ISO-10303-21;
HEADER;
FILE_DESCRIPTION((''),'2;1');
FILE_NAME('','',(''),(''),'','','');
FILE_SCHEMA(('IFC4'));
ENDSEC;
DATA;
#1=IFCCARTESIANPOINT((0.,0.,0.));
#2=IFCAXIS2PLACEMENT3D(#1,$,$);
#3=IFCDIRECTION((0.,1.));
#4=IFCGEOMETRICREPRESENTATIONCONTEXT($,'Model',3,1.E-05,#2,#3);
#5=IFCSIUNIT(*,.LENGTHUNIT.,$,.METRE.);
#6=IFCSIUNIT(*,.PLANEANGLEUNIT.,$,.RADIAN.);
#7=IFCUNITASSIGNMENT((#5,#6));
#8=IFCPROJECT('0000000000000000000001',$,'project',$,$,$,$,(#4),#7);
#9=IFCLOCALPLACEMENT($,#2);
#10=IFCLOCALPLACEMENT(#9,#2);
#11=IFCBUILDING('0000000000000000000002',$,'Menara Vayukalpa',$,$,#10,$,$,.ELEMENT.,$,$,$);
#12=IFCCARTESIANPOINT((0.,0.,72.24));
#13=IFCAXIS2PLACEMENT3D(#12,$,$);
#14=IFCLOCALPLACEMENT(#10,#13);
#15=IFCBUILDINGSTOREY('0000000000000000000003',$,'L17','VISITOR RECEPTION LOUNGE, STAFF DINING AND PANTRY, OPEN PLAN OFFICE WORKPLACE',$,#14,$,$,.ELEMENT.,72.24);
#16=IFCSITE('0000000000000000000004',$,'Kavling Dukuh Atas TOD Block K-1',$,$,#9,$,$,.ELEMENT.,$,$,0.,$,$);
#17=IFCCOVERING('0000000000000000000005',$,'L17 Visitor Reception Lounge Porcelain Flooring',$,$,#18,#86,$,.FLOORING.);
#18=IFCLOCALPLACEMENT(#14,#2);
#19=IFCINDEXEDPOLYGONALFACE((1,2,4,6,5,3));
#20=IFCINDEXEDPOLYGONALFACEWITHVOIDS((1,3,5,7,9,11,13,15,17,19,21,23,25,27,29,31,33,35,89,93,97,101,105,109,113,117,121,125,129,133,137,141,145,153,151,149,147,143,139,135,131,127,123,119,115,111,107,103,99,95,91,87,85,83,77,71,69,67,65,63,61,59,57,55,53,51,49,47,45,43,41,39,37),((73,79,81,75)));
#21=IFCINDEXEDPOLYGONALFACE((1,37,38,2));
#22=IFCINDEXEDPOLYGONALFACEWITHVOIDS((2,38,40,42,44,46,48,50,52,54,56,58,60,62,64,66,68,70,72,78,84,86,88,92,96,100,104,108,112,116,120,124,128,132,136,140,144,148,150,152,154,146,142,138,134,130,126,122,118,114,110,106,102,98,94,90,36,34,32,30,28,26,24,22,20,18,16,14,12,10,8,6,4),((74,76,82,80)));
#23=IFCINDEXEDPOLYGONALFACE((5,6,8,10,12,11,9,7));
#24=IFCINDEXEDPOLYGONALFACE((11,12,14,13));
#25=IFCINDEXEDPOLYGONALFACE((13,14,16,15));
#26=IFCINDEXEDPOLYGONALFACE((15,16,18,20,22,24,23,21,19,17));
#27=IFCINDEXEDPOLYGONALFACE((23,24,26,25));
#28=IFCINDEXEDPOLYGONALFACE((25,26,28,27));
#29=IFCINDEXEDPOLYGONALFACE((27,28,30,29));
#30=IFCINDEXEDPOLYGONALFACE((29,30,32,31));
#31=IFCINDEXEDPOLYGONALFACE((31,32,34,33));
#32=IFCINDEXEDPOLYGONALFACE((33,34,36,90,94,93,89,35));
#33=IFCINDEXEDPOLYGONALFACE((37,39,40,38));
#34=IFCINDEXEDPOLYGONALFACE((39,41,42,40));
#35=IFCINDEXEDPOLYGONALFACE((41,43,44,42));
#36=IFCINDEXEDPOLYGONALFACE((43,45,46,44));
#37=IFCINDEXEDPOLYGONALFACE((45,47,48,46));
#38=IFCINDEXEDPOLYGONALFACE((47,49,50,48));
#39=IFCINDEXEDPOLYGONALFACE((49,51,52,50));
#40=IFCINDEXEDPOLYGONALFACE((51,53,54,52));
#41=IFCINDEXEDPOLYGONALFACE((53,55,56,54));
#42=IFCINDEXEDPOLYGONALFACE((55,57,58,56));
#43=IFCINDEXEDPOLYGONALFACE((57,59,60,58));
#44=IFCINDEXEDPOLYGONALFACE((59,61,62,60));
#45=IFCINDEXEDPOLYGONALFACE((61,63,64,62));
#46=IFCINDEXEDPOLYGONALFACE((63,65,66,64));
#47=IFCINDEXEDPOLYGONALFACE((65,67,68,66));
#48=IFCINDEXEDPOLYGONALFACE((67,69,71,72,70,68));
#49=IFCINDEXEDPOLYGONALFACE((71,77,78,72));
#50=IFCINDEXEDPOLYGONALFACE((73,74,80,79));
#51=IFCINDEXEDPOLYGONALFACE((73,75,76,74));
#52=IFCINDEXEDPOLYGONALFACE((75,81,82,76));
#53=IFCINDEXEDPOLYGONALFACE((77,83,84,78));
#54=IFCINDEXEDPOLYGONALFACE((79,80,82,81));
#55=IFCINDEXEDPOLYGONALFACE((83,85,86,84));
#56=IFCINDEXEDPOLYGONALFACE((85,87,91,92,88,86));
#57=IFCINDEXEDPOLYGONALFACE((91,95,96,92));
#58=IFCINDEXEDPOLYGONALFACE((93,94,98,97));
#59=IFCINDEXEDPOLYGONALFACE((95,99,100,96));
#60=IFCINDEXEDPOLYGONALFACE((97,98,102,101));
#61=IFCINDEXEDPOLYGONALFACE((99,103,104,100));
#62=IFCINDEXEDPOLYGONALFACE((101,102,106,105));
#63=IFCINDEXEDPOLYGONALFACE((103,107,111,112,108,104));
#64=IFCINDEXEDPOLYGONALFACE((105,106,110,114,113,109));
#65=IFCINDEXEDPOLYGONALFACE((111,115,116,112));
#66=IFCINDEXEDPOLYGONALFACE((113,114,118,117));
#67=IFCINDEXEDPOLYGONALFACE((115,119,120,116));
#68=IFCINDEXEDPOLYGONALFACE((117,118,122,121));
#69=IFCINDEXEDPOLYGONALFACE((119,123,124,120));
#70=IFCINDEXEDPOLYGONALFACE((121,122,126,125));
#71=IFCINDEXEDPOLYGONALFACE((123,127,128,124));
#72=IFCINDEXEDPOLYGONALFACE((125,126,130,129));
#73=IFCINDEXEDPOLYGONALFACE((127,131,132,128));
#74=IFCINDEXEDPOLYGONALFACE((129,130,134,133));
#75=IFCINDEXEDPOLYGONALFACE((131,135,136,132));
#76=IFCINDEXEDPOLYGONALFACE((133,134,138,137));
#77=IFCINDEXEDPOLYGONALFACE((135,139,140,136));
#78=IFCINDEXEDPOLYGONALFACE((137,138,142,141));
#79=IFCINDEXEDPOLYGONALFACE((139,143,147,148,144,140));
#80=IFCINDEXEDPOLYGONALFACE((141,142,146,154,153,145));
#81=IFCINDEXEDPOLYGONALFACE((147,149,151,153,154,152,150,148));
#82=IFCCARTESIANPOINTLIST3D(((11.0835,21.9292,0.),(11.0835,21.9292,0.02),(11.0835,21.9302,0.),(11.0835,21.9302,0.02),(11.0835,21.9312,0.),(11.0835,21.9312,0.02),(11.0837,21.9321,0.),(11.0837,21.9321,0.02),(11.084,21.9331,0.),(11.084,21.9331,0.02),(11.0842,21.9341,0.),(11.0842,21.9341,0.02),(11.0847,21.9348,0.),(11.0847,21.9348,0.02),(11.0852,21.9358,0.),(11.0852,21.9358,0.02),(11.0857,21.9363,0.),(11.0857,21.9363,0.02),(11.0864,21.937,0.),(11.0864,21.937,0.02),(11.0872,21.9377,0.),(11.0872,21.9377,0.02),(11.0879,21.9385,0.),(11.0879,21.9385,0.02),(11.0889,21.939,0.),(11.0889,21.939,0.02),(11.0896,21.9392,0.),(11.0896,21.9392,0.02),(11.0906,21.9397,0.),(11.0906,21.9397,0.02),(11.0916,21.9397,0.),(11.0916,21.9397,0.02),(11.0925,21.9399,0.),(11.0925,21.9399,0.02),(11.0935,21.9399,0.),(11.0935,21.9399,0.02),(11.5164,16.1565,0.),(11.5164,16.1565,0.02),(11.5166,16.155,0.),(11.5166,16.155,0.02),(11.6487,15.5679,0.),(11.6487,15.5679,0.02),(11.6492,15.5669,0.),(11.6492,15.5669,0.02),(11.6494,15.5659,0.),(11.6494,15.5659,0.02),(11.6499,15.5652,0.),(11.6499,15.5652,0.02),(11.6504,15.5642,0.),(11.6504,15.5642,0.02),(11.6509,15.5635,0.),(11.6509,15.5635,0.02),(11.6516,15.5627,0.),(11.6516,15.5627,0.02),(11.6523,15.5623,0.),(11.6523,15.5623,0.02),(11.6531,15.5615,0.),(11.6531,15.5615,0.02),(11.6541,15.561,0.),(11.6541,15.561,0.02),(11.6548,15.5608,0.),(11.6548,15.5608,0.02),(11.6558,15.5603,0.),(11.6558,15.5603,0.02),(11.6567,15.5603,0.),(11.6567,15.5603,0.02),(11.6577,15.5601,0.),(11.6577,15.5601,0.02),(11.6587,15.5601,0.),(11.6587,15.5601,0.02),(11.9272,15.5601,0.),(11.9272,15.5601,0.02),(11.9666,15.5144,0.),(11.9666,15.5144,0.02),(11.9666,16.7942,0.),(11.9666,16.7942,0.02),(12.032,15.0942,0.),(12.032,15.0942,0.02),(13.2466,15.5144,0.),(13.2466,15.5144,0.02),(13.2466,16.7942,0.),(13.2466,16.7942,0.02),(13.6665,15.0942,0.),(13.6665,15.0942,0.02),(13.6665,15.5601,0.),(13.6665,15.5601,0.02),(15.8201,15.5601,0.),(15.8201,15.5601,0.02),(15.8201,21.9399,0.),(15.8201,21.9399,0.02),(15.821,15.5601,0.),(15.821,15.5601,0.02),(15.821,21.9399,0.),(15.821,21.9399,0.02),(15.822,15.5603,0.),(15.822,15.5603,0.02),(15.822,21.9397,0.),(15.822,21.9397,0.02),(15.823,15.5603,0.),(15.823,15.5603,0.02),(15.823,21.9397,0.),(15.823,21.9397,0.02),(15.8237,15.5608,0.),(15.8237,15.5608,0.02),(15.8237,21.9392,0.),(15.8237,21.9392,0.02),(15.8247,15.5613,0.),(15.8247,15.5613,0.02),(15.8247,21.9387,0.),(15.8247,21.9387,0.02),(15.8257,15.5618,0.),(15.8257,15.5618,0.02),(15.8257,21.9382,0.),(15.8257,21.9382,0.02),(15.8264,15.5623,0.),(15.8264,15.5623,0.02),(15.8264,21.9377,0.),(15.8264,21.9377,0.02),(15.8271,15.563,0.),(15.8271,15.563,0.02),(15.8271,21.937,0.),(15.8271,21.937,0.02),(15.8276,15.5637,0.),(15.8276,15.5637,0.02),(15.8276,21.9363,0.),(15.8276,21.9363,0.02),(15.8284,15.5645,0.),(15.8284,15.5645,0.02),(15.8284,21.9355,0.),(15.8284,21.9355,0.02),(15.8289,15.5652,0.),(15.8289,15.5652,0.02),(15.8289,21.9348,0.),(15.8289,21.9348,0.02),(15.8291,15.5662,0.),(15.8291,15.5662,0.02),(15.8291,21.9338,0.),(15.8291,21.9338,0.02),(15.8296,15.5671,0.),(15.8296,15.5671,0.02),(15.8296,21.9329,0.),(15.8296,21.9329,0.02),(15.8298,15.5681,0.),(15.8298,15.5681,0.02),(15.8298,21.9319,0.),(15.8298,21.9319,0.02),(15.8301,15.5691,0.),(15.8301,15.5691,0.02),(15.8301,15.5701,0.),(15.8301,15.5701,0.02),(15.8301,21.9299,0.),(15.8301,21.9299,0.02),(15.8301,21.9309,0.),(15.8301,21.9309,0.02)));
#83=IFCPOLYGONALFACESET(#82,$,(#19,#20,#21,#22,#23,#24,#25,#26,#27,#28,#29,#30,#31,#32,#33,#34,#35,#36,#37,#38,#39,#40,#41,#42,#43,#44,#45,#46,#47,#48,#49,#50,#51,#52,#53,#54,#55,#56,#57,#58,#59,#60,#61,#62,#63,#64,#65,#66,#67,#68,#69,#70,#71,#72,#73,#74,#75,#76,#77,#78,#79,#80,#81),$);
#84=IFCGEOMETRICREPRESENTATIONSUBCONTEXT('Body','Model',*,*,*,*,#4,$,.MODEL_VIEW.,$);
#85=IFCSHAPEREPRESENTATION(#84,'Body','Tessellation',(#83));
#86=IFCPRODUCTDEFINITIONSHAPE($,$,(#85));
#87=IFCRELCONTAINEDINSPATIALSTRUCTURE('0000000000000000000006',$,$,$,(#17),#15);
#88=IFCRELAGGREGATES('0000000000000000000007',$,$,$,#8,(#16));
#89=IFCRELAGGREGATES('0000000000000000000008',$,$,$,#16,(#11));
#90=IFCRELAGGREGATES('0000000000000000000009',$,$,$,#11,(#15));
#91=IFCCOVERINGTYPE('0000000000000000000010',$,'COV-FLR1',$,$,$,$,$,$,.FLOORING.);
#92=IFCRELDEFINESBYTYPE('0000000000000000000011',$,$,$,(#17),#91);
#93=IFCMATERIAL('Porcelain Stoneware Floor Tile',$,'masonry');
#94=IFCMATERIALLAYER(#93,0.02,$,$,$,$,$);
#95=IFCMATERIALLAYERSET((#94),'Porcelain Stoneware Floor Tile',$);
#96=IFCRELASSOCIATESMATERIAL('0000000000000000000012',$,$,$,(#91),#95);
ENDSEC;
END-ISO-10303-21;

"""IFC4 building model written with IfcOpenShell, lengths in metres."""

from ifc_helpers import new_model, si_unit, direction, frame, origin, place, context, subcontext, project, spatial, polyline, outline, extrude, material, layer, layer_set, type_object, element, save


model = new_model("IFC4")

# Units and contexts
model_context = context("Model", 3, precision=1e-05, world=origin(), true_north=direction((0.0, 1.0)))
body_context = subcontext(model_context, "Body", "Model", "MODEL_VIEW")
ifc_project = project(units=[si_unit("LENGTHUNIT", "METRE"), si_unit("PLANEANGLEUNIT", "RADIAN")], contexts=[model_context])

# Site, building, storey
site_placement = place(None, origin())
site = spatial("IfcSite", under=ifc_project, at=site_placement, Name="Kavling Dukuh Atas TOD Block K-1", CompositionType="ELEMENT", RefElevation=0.0)
building_placement = place(site_placement, origin())
building = spatial("IfcBuilding", under=site, at=building_placement, Name="Menara Vayukalpa", CompositionType="ELEMENT")
storey_placement = place(building_placement, frame((0.0, 0.0, 72.24)))
storey = spatial("IfcBuildingStorey", under=building, at=storey_placement, Name="L17", Description="VISITOR RECEPTION LOUNGE, STAFF DINING AND PANTRY, OPEN PLAN OFFICE WORKPLACE", CompositionType="ELEMENT", Elevation=72.24)

# Covering
ifc_material_1 = material(Name="Porcelain Stoneware Floor Tile", Category="masonry")
ifc_layer_1 = layer(ifc_material_1, 0.02)
ifc_layer_set_1 = layer_set([ifc_layer_1], Name="Porcelain Stoneware Floor Tile")
covering_type_1 = type_object("IfcCoveringType", Name="COV-FLR1", PredefinedType="FLOORING", material=ifc_layer_set_1)
covering_1_placement = place(storey_placement, origin())
element("IfcCovering", 1, at=covering_1_placement, inside=storey, type_object=covering_type_1, Name="L17 Visitor Reception Lounge Porcelain Flooring", PredefinedType="FLOORING", context=body_context, shape_type="SweptSolid", body=[
    extrude(outline(polyline([(11.6587, 15.5601), (11.6577, 15.5601), (11.6567, 15.5603), (11.6558, 15.5603), (11.6548, 15.5608), (11.6541, 15.561), (11.6531, 15.5615), (11.6523, 15.5623), (11.6516, 15.5627), (11.6509, 15.5635), (11.6504, 15.5642), (11.6499, 15.5652), (11.6494, 15.5659), (11.6492, 15.5669), (11.6487, 15.5679), (11.5166, 16.155), (11.5164, 16.1565), (11.0835, 21.9292), (11.0835, 21.9302), (11.0835, 21.9312), (11.0837, 21.9321), (11.084, 21.9331), (11.0842, 21.9341), (11.0847, 21.9348), (11.0852, 21.9358), (11.0857, 21.9363), (11.0864, 21.937), (11.0872, 21.9377), (11.0879, 21.9385), (11.0889, 21.939), (11.0896, 21.9392), (11.0906, 21.9397), (11.0916, 21.9397), (11.0925, 21.9399), (11.0935, 21.9399), (15.8201, 21.9399), (15.821, 21.9399), (15.822, 21.9397), (15.823, 21.9397), (15.8237, 21.9392), (15.8247, 21.9387), (15.8257, 21.9382), (15.8264, 21.9377), (15.8271, 21.937), (15.8276, 21.9363), (15.8284, 21.9355), (15.8289, 21.9348), (15.8291, 21.9338), (15.8296, 21.9329), (15.8298, 21.9319), (15.8301, 21.9309), (15.8301, 21.9299), (15.8301, 15.5701), (15.8301, 15.5691), (15.8298, 15.5681), (15.8296, 15.5671), (15.8291, 15.5662), (15.8289, 15.5652), (15.8284, 15.5645), (15.8276, 15.5637), (15.8271, 15.563), (15.8264, 15.5623), (15.8257, 15.5618), (15.8247, 15.5613), (15.8237, 15.5608), (15.823, 15.5603), (15.822, 15.5603), (15.821, 15.5601), (15.8201, 15.5601), (13.6665, 15.5601), (13.6665, 15.0942), (12.032, 15.0942), (11.9272, 15.5601), (11.6587, 15.5601)]), holes=[polyline([(13.2466, 16.7942), (11.9666, 16.7942), (11.9666, 15.5144), (13.2466, 15.5144), (13.2466, 16.7942)])]), origin(), (0.0, 0.0, 1.0), 0.02),
])

save(model, "model.ifc")
